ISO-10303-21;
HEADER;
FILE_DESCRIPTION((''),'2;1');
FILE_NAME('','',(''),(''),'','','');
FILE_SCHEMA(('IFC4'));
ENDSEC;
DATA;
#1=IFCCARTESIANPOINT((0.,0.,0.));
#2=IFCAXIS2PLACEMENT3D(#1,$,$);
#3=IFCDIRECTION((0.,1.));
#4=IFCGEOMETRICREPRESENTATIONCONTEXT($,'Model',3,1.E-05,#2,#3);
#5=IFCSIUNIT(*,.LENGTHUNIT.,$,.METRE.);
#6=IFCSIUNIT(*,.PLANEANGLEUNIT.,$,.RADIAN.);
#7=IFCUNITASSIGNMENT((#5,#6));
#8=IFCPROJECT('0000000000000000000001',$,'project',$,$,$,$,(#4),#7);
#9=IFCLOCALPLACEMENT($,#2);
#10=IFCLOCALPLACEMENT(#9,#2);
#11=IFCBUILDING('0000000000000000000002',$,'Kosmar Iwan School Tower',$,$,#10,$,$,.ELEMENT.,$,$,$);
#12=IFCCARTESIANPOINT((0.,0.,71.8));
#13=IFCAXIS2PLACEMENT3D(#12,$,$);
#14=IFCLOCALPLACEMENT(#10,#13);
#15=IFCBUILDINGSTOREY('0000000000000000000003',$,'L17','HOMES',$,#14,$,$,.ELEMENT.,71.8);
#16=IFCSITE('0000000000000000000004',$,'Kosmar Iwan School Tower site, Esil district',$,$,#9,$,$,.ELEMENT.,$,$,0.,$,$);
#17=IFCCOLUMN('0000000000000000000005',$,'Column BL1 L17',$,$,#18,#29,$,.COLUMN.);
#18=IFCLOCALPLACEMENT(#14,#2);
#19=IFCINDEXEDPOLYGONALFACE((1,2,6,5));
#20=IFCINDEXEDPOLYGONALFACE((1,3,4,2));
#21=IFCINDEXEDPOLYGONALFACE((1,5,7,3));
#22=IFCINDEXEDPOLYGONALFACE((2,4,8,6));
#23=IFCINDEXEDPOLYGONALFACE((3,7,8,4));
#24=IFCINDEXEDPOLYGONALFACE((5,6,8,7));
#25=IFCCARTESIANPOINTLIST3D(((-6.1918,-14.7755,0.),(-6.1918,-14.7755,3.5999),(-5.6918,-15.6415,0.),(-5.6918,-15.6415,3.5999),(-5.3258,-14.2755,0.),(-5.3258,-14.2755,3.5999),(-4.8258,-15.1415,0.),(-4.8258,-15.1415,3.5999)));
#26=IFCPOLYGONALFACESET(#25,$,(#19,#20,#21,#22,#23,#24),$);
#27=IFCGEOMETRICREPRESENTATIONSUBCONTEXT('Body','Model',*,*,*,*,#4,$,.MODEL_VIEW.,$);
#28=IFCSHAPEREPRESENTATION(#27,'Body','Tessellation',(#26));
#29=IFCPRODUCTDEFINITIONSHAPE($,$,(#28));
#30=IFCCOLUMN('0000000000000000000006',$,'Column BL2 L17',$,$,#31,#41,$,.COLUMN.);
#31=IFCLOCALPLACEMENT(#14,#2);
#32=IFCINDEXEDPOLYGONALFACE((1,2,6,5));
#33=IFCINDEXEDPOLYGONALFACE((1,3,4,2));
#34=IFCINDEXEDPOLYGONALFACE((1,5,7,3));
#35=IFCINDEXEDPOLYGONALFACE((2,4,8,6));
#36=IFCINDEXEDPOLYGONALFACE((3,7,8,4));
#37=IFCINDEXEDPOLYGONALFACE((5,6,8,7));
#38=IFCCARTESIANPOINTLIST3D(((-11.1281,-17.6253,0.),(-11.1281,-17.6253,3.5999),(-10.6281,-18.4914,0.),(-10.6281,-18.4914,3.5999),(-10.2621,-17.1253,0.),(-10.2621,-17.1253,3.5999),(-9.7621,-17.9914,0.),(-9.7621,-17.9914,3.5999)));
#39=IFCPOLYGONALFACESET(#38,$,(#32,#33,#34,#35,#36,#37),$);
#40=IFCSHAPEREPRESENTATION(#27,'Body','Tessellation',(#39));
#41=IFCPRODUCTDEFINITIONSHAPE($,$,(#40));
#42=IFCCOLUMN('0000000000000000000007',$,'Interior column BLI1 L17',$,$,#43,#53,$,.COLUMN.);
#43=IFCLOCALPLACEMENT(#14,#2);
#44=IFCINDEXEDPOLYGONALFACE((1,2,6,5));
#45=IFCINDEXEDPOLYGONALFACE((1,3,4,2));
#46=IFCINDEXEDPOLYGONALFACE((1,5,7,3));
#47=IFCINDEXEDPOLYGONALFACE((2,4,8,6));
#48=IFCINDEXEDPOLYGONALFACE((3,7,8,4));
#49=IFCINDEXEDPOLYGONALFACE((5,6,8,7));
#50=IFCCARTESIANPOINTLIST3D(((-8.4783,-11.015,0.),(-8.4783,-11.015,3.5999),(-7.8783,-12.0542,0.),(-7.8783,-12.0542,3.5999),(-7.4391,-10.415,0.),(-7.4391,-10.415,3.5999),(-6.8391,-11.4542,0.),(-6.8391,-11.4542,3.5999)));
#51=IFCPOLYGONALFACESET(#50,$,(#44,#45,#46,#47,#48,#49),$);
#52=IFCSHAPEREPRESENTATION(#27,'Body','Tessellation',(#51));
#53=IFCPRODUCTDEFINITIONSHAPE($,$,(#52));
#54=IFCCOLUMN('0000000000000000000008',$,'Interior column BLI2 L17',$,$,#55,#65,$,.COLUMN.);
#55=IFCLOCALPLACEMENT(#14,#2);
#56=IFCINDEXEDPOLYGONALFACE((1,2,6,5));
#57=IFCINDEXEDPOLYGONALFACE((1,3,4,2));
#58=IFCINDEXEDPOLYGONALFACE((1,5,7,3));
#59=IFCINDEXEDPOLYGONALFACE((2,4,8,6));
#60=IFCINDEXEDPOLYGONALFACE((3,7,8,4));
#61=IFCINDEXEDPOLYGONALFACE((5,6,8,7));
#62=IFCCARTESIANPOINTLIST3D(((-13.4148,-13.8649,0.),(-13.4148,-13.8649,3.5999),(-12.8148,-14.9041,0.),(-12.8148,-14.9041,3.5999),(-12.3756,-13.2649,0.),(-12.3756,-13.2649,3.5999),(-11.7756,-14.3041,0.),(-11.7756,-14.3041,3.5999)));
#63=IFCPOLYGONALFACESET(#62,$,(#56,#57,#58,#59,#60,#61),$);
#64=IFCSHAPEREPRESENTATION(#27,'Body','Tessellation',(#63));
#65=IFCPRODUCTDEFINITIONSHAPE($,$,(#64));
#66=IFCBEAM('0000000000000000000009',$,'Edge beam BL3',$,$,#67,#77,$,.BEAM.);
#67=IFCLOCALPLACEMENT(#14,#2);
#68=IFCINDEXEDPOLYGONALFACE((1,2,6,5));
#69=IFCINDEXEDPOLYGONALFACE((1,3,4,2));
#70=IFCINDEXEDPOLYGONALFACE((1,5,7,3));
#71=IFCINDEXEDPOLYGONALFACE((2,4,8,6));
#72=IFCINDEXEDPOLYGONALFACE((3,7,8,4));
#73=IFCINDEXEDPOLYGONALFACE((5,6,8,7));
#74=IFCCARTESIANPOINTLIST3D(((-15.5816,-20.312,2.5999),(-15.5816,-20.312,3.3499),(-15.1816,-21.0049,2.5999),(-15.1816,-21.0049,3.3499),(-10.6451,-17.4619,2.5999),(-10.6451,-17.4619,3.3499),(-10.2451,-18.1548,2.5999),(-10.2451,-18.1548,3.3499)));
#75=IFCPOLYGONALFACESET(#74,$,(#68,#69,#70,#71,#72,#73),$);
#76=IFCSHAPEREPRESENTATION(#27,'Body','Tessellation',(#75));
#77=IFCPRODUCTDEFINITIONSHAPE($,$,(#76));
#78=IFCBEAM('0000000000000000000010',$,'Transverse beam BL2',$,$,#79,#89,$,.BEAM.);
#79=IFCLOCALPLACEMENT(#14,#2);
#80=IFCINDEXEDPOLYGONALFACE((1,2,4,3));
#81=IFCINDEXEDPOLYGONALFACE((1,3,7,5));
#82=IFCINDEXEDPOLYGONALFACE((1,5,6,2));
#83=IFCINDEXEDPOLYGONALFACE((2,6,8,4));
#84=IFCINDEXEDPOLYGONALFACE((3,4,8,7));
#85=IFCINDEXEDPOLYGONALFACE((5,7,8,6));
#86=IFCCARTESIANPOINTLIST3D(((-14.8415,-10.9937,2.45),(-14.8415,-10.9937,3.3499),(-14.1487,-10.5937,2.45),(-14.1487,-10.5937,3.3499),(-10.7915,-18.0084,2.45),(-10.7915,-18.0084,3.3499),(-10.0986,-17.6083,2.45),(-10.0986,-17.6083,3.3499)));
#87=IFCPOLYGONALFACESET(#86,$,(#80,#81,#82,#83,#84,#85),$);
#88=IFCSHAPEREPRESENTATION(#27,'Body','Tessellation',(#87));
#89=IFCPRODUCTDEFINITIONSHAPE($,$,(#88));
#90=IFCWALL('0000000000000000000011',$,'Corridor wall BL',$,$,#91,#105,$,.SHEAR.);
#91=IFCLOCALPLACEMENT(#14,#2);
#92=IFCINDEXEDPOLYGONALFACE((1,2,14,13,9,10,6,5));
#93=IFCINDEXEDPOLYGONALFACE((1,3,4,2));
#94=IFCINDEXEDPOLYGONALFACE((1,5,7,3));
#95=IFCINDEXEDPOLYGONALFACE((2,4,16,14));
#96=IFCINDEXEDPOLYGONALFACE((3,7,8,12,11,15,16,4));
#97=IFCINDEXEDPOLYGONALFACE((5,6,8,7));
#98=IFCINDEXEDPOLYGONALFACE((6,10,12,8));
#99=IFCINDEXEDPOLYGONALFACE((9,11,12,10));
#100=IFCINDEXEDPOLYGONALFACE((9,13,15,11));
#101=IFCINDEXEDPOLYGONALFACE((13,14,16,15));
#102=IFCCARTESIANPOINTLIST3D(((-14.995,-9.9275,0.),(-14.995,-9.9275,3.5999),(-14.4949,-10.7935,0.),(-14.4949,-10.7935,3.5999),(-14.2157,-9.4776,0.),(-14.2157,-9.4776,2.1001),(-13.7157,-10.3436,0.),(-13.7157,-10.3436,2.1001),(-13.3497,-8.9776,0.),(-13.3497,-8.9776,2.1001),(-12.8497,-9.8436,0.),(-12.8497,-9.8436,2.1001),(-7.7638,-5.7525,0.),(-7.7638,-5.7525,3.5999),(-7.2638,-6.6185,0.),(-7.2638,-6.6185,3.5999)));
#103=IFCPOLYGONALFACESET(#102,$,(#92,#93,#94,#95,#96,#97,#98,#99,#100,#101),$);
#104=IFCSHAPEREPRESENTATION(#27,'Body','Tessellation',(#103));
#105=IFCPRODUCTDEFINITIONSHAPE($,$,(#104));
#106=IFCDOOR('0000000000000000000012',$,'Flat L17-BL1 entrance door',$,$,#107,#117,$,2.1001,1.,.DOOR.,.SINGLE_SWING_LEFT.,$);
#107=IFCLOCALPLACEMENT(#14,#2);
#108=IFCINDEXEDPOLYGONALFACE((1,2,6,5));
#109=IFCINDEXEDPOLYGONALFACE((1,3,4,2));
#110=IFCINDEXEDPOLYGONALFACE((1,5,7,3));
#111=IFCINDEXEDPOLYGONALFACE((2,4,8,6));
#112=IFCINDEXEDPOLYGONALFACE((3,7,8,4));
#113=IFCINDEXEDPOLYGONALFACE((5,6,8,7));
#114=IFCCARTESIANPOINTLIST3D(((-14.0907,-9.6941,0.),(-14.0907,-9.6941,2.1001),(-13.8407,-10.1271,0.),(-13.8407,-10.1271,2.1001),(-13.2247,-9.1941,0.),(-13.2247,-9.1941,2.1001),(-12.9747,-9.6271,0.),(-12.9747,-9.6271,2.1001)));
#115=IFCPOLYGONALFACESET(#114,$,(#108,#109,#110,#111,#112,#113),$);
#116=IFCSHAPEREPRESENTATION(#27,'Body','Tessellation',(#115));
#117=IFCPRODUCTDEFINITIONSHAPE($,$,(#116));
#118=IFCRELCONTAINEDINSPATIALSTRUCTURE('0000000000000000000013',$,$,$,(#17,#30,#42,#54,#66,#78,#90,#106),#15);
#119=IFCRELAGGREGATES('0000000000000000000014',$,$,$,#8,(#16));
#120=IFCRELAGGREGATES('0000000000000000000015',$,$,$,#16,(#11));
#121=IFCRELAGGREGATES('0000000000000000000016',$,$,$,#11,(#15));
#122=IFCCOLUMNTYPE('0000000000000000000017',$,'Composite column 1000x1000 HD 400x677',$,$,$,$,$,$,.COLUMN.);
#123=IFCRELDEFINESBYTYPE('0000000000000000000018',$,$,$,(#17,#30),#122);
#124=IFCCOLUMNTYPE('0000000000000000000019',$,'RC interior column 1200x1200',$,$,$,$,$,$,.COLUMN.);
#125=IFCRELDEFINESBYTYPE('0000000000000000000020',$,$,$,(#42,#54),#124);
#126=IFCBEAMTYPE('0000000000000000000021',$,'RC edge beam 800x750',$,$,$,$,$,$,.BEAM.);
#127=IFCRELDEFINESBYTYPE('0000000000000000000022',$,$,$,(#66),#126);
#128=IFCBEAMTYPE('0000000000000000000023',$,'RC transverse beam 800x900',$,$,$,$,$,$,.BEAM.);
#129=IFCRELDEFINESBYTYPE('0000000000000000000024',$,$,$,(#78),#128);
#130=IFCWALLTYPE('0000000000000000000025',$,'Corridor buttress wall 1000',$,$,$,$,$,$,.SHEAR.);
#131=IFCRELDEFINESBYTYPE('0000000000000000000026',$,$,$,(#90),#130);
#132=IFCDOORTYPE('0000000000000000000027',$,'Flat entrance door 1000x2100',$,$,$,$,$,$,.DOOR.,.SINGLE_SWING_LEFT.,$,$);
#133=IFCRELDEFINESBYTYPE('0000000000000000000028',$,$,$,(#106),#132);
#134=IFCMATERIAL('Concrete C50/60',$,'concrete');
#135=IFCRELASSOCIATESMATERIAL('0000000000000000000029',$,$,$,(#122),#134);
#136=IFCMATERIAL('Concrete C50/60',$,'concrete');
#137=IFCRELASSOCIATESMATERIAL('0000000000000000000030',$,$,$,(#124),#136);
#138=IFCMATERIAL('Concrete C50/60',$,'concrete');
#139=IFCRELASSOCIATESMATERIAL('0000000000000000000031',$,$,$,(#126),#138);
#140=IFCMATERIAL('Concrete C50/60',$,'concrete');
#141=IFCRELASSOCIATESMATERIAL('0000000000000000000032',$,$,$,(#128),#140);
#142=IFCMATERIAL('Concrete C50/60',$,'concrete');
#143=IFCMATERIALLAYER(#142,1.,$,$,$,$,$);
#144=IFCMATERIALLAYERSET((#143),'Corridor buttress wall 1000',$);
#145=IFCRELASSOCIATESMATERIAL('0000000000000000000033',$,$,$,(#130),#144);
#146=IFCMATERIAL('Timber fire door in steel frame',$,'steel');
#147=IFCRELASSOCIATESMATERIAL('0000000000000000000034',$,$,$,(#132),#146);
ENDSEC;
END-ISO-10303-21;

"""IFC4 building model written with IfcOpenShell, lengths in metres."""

from ifc_helpers import new_model, si_unit, direction, frame, frame_2d, origin, origin_2d, place, context, subcontext, project, spatial, rectangle, extrude, material, layer, layer_set, material_profile, profile_set, type_object, element, fill, save


model = new_model("IFC4")

# Units and contexts
model_context = context("Model", 3, precision=1e-05, world=origin(), true_north=direction((0.0, 1.0)))
body_context = subcontext(model_context, "Body", "Model", "MODEL_VIEW")
ifc_project = project(units=[si_unit("LENGTHUNIT", "METRE"), si_unit("PLANEANGLEUNIT", "RADIAN")], contexts=[model_context])

# Site, building, storey
site_placement = place(None, origin())
site = spatial("IfcSite", under=ifc_project, at=site_placement, Name="Kosmar Iwan School Tower site, Esil district", CompositionType="ELEMENT", RefElevation=0.0)
building_placement = place(site_placement, origin())
building = spatial("IfcBuilding", under=site, at=building_placement, Name="Kosmar Iwan School Tower", CompositionType="ELEMENT")
storey_placement = place(building_placement, frame((0.0, 0.0, 71.8)))
storey = spatial("IfcBuildingStorey", under=building, at=storey_placement, Name="L17", Description="HOMES", CompositionType="ELEMENT", Elevation=71.8)

# Columns
ifc_material_1 = material(Name="Concrete C50/60", Category="concrete")
ifc_material_profile_1 = material_profile(ifc_material_1, rectangle(XDim=1.0, YDim=1.0, at=origin_2d()), Name="RC 1000x1000 + HD 400x677")
ifc_profile_set_1 = profile_set([ifc_material_profile_1], Name="Concrete C50/60")
column_type_1 = type_object("IfcColumnType", Name="Composite column 1000x1000 HD 400x677", PredefinedType="COLUMN", material=ifc_profile_set_1)
for number, where, z_axis, x_axis, name in (
    (1, (-5.5088, -14.9585, 0.0), (0.0, 0.0, 1.0), (-0.866025, -0.5, 0.0), "Column BL1 L17"),
    (2, (-10.4451, -17.8083, 0.0), (0.0, 0.0, 1.0), (-0.866025, -0.5, 0.0), "Column BL2 L17"),
):
    element("IfcColumn", number, at=place(storey_placement, frame(where, z_axis=z_axis, x_axis=x_axis)), inside=storey, type_object=column_type_1, Name=name, PredefinedType="COLUMN", context=body_context, shape_type="SweptSolid", body=[
        extrude(rectangle(XDim=1.0, YDim=1.0, at=origin_2d()), origin(), (0.0, 0.0, 1.0), 3.5999),
    ])
ifc_material_2 = material(Name="Concrete C50/60", Category="concrete")
ifc_material_profile_2 = material_profile(ifc_material_2, rectangle(XDim=1.2, YDim=1.2, at=origin_2d()), Name="RC 1200x1200")
ifc_profile_set_2 = profile_set([ifc_material_profile_2], Name="Concrete C50/60")
column_type_2 = type_object("IfcColumnType", Name="RC interior column 1200x1200", PredefinedType="COLUMN", material=ifc_profile_set_2)
for number, where, z_axis, x_axis, name in (
    (3, (-7.6587, -11.2346, 0.0), (0.0, 0.0, 1.0), (-0.866025, -0.5, 0.0), "Interior column BLI1 L17"),
    (4, (-12.5952, -14.0845, 0.0), (0.0, 0.0, 1.0), (-0.866025, -0.5, 0.0), "Interior column BLI2 L17"),
):
    element("IfcColumn", number, at=place(storey_placement, frame(where, z_axis=z_axis, x_axis=x_axis)), inside=storey, type_object=column_type_2, Name=name, PredefinedType="COLUMN", context=body_context, shape_type="SweptSolid", body=[
        extrude(rectangle(XDim=1.2, YDim=1.2, at=origin_2d()), origin(), (0.0, 0.0, 1.0), 3.5999),
    ])

# Beams
ifc_material_3 = material(Name="Concrete C50/60", Category="concrete")
ifc_material_profile_3 = material_profile(ifc_material_3, rectangle(XDim=0.8, YDim=0.75, at=origin_2d()), Name="RC 800x750")
ifc_profile_set_3 = profile_set([ifc_material_profile_3], Name="Concrete C50/60")
beam_type_1 = type_object("IfcBeamType", Name="RC edge beam 800x750", PredefinedType="BEAM", material=ifc_profile_set_3)
beam_1_placement = place(storey_placement, frame((-10.4451, -17.8083, 2.9749), z_axis=(-0.866026, -0.499999, 0.0), x_axis=(0.499999, -0.866026, 0.0)))
element("IfcBeam", 5, at=beam_1_placement, inside=storey, type_object=beam_type_1, Name="Edge beam BL3", PredefinedType="BEAM", context=body_context, shape_type="SweptSolid", body=[
    extrude(rectangle(XDim=0.8, YDim=0.75, at=origin_2d()), origin(), (0.0, 0.0, 1.0), 5.7002),
])
ifc_material_4 = material(Name="Concrete C50/60", Category="concrete")
ifc_material_profile_4 = material_profile(ifc_material_4, rectangle(XDim=0.8, YDim=0.8999, at=origin_2d()), Name="RC 800x900")
ifc_profile_set_4 = profile_set([ifc_material_profile_4], Name="Concrete C50/60")
beam_type_2 = type_object("IfcBeamType", Name="RC transverse beam 800x900", PredefinedType="BEAM", material=ifc_profile_set_4)
beam_2_placement = place(storey_placement, frame((-10.4451, -17.8083, 2.8999), z_axis=(-0.500013, 0.866018, 0.0), x_axis=(-0.866018, -0.500013, 0.0)))
element("IfcBeam", 6, at=beam_2_placement, inside=storey, type_object=beam_type_2, Name="Transverse beam BL2", PredefinedType="BEAM", context=body_context, shape_type="SweptSolid", body=[
    extrude(rectangle(XDim=0.8, YDim=0.8999, at=origin_2d()), origin(), (0.0, 0.0, 1.0), 8.0999),
])

# Wall, opening, door
ifc_material_5 = material(Name="Concrete C50/60", Category="concrete")
ifc_layer_1 = layer(ifc_material_5, 1.0)
ifc_layer_set_1 = layer_set([ifc_layer_1], Name="Corridor buttress wall 1000")
wall_type_1 = type_object("IfcWallType", Name="Corridor buttress wall 1000", PredefinedType="SHEAR", material=ifc_layer_set_1)
wall_1_placement = place(storey_placement, frame((-7.5139, -6.1855, 0.0), z_axis=(0.0, 0.0, 1.0), x_axis=(-0.86602, -0.50001, 0.0)))
wall_1 = element("IfcWall", 7, at=wall_1_placement, inside=storey, type_object=wall_type_1, Name="Corridor wall BL", PredefinedType="SHEAR", context=body_context, shape_type="SweptSolid", body=[
    extrude(rectangle(XDim=8.3499, YDim=1.0, at=frame_2d((4.1748, 0.0))), origin(), (0.0, 0.0, 1.0), 3.5999),
])
opening_1_placement = place(wall_1_placement, frame((6.45, 0.0, 0.0)))
opening_1 = element("IfcOpeningElement", 8, at=opening_1_placement, cuts=wall_1, PredefinedType="OPENING", context=body_context, shape_type="SweptSolid", body=[
    extrude(rectangle(XDim=1.0, YDim=2.1001, at=frame_2d((0.5, 1.05))), frame((0.0, 0.512, 0.0), z_axis=(0.0, -1.0, 0.0), x_axis=(1.0, 0.0, 0.0)), (0.0, 0.0, 1.0), 1.0239),
])
ifc_material_6 = material(Name="Timber fire door in steel frame", Category="steel")
door_type_1 = type_object("IfcDoorType", Name="Flat entrance door 1000x2100", OperationType="SINGLE_SWING_LEFT", PredefinedType="DOOR", material=ifc_material_6)
door_1_placement = place(opening_1_placement, origin())
door_1 = element("IfcDoor", 9, at=door_1_placement, inside=storey, type_object=door_type_1, Name="Flat L17-BL1 entrance door", OperationType="SINGLE_SWING_LEFT", OverallHeight=2.1001, OverallWidth=1.0, PredefinedType="DOOR", context=body_context, shape_type="SweptSolid", body=[
    extrude(rectangle(XDim=1.0, YDim=2.1001, at=frame_2d((0.5, 1.05))), frame((0.0, 0.25, 0.0), z_axis=(0.0, -1.0, 0.0), x_axis=(1.0, 0.0, 0.0)), (0.0, 0.0, 1.0), 0.5),
])
fill(opening_1, door_1)

save(model, "model.ifc")
